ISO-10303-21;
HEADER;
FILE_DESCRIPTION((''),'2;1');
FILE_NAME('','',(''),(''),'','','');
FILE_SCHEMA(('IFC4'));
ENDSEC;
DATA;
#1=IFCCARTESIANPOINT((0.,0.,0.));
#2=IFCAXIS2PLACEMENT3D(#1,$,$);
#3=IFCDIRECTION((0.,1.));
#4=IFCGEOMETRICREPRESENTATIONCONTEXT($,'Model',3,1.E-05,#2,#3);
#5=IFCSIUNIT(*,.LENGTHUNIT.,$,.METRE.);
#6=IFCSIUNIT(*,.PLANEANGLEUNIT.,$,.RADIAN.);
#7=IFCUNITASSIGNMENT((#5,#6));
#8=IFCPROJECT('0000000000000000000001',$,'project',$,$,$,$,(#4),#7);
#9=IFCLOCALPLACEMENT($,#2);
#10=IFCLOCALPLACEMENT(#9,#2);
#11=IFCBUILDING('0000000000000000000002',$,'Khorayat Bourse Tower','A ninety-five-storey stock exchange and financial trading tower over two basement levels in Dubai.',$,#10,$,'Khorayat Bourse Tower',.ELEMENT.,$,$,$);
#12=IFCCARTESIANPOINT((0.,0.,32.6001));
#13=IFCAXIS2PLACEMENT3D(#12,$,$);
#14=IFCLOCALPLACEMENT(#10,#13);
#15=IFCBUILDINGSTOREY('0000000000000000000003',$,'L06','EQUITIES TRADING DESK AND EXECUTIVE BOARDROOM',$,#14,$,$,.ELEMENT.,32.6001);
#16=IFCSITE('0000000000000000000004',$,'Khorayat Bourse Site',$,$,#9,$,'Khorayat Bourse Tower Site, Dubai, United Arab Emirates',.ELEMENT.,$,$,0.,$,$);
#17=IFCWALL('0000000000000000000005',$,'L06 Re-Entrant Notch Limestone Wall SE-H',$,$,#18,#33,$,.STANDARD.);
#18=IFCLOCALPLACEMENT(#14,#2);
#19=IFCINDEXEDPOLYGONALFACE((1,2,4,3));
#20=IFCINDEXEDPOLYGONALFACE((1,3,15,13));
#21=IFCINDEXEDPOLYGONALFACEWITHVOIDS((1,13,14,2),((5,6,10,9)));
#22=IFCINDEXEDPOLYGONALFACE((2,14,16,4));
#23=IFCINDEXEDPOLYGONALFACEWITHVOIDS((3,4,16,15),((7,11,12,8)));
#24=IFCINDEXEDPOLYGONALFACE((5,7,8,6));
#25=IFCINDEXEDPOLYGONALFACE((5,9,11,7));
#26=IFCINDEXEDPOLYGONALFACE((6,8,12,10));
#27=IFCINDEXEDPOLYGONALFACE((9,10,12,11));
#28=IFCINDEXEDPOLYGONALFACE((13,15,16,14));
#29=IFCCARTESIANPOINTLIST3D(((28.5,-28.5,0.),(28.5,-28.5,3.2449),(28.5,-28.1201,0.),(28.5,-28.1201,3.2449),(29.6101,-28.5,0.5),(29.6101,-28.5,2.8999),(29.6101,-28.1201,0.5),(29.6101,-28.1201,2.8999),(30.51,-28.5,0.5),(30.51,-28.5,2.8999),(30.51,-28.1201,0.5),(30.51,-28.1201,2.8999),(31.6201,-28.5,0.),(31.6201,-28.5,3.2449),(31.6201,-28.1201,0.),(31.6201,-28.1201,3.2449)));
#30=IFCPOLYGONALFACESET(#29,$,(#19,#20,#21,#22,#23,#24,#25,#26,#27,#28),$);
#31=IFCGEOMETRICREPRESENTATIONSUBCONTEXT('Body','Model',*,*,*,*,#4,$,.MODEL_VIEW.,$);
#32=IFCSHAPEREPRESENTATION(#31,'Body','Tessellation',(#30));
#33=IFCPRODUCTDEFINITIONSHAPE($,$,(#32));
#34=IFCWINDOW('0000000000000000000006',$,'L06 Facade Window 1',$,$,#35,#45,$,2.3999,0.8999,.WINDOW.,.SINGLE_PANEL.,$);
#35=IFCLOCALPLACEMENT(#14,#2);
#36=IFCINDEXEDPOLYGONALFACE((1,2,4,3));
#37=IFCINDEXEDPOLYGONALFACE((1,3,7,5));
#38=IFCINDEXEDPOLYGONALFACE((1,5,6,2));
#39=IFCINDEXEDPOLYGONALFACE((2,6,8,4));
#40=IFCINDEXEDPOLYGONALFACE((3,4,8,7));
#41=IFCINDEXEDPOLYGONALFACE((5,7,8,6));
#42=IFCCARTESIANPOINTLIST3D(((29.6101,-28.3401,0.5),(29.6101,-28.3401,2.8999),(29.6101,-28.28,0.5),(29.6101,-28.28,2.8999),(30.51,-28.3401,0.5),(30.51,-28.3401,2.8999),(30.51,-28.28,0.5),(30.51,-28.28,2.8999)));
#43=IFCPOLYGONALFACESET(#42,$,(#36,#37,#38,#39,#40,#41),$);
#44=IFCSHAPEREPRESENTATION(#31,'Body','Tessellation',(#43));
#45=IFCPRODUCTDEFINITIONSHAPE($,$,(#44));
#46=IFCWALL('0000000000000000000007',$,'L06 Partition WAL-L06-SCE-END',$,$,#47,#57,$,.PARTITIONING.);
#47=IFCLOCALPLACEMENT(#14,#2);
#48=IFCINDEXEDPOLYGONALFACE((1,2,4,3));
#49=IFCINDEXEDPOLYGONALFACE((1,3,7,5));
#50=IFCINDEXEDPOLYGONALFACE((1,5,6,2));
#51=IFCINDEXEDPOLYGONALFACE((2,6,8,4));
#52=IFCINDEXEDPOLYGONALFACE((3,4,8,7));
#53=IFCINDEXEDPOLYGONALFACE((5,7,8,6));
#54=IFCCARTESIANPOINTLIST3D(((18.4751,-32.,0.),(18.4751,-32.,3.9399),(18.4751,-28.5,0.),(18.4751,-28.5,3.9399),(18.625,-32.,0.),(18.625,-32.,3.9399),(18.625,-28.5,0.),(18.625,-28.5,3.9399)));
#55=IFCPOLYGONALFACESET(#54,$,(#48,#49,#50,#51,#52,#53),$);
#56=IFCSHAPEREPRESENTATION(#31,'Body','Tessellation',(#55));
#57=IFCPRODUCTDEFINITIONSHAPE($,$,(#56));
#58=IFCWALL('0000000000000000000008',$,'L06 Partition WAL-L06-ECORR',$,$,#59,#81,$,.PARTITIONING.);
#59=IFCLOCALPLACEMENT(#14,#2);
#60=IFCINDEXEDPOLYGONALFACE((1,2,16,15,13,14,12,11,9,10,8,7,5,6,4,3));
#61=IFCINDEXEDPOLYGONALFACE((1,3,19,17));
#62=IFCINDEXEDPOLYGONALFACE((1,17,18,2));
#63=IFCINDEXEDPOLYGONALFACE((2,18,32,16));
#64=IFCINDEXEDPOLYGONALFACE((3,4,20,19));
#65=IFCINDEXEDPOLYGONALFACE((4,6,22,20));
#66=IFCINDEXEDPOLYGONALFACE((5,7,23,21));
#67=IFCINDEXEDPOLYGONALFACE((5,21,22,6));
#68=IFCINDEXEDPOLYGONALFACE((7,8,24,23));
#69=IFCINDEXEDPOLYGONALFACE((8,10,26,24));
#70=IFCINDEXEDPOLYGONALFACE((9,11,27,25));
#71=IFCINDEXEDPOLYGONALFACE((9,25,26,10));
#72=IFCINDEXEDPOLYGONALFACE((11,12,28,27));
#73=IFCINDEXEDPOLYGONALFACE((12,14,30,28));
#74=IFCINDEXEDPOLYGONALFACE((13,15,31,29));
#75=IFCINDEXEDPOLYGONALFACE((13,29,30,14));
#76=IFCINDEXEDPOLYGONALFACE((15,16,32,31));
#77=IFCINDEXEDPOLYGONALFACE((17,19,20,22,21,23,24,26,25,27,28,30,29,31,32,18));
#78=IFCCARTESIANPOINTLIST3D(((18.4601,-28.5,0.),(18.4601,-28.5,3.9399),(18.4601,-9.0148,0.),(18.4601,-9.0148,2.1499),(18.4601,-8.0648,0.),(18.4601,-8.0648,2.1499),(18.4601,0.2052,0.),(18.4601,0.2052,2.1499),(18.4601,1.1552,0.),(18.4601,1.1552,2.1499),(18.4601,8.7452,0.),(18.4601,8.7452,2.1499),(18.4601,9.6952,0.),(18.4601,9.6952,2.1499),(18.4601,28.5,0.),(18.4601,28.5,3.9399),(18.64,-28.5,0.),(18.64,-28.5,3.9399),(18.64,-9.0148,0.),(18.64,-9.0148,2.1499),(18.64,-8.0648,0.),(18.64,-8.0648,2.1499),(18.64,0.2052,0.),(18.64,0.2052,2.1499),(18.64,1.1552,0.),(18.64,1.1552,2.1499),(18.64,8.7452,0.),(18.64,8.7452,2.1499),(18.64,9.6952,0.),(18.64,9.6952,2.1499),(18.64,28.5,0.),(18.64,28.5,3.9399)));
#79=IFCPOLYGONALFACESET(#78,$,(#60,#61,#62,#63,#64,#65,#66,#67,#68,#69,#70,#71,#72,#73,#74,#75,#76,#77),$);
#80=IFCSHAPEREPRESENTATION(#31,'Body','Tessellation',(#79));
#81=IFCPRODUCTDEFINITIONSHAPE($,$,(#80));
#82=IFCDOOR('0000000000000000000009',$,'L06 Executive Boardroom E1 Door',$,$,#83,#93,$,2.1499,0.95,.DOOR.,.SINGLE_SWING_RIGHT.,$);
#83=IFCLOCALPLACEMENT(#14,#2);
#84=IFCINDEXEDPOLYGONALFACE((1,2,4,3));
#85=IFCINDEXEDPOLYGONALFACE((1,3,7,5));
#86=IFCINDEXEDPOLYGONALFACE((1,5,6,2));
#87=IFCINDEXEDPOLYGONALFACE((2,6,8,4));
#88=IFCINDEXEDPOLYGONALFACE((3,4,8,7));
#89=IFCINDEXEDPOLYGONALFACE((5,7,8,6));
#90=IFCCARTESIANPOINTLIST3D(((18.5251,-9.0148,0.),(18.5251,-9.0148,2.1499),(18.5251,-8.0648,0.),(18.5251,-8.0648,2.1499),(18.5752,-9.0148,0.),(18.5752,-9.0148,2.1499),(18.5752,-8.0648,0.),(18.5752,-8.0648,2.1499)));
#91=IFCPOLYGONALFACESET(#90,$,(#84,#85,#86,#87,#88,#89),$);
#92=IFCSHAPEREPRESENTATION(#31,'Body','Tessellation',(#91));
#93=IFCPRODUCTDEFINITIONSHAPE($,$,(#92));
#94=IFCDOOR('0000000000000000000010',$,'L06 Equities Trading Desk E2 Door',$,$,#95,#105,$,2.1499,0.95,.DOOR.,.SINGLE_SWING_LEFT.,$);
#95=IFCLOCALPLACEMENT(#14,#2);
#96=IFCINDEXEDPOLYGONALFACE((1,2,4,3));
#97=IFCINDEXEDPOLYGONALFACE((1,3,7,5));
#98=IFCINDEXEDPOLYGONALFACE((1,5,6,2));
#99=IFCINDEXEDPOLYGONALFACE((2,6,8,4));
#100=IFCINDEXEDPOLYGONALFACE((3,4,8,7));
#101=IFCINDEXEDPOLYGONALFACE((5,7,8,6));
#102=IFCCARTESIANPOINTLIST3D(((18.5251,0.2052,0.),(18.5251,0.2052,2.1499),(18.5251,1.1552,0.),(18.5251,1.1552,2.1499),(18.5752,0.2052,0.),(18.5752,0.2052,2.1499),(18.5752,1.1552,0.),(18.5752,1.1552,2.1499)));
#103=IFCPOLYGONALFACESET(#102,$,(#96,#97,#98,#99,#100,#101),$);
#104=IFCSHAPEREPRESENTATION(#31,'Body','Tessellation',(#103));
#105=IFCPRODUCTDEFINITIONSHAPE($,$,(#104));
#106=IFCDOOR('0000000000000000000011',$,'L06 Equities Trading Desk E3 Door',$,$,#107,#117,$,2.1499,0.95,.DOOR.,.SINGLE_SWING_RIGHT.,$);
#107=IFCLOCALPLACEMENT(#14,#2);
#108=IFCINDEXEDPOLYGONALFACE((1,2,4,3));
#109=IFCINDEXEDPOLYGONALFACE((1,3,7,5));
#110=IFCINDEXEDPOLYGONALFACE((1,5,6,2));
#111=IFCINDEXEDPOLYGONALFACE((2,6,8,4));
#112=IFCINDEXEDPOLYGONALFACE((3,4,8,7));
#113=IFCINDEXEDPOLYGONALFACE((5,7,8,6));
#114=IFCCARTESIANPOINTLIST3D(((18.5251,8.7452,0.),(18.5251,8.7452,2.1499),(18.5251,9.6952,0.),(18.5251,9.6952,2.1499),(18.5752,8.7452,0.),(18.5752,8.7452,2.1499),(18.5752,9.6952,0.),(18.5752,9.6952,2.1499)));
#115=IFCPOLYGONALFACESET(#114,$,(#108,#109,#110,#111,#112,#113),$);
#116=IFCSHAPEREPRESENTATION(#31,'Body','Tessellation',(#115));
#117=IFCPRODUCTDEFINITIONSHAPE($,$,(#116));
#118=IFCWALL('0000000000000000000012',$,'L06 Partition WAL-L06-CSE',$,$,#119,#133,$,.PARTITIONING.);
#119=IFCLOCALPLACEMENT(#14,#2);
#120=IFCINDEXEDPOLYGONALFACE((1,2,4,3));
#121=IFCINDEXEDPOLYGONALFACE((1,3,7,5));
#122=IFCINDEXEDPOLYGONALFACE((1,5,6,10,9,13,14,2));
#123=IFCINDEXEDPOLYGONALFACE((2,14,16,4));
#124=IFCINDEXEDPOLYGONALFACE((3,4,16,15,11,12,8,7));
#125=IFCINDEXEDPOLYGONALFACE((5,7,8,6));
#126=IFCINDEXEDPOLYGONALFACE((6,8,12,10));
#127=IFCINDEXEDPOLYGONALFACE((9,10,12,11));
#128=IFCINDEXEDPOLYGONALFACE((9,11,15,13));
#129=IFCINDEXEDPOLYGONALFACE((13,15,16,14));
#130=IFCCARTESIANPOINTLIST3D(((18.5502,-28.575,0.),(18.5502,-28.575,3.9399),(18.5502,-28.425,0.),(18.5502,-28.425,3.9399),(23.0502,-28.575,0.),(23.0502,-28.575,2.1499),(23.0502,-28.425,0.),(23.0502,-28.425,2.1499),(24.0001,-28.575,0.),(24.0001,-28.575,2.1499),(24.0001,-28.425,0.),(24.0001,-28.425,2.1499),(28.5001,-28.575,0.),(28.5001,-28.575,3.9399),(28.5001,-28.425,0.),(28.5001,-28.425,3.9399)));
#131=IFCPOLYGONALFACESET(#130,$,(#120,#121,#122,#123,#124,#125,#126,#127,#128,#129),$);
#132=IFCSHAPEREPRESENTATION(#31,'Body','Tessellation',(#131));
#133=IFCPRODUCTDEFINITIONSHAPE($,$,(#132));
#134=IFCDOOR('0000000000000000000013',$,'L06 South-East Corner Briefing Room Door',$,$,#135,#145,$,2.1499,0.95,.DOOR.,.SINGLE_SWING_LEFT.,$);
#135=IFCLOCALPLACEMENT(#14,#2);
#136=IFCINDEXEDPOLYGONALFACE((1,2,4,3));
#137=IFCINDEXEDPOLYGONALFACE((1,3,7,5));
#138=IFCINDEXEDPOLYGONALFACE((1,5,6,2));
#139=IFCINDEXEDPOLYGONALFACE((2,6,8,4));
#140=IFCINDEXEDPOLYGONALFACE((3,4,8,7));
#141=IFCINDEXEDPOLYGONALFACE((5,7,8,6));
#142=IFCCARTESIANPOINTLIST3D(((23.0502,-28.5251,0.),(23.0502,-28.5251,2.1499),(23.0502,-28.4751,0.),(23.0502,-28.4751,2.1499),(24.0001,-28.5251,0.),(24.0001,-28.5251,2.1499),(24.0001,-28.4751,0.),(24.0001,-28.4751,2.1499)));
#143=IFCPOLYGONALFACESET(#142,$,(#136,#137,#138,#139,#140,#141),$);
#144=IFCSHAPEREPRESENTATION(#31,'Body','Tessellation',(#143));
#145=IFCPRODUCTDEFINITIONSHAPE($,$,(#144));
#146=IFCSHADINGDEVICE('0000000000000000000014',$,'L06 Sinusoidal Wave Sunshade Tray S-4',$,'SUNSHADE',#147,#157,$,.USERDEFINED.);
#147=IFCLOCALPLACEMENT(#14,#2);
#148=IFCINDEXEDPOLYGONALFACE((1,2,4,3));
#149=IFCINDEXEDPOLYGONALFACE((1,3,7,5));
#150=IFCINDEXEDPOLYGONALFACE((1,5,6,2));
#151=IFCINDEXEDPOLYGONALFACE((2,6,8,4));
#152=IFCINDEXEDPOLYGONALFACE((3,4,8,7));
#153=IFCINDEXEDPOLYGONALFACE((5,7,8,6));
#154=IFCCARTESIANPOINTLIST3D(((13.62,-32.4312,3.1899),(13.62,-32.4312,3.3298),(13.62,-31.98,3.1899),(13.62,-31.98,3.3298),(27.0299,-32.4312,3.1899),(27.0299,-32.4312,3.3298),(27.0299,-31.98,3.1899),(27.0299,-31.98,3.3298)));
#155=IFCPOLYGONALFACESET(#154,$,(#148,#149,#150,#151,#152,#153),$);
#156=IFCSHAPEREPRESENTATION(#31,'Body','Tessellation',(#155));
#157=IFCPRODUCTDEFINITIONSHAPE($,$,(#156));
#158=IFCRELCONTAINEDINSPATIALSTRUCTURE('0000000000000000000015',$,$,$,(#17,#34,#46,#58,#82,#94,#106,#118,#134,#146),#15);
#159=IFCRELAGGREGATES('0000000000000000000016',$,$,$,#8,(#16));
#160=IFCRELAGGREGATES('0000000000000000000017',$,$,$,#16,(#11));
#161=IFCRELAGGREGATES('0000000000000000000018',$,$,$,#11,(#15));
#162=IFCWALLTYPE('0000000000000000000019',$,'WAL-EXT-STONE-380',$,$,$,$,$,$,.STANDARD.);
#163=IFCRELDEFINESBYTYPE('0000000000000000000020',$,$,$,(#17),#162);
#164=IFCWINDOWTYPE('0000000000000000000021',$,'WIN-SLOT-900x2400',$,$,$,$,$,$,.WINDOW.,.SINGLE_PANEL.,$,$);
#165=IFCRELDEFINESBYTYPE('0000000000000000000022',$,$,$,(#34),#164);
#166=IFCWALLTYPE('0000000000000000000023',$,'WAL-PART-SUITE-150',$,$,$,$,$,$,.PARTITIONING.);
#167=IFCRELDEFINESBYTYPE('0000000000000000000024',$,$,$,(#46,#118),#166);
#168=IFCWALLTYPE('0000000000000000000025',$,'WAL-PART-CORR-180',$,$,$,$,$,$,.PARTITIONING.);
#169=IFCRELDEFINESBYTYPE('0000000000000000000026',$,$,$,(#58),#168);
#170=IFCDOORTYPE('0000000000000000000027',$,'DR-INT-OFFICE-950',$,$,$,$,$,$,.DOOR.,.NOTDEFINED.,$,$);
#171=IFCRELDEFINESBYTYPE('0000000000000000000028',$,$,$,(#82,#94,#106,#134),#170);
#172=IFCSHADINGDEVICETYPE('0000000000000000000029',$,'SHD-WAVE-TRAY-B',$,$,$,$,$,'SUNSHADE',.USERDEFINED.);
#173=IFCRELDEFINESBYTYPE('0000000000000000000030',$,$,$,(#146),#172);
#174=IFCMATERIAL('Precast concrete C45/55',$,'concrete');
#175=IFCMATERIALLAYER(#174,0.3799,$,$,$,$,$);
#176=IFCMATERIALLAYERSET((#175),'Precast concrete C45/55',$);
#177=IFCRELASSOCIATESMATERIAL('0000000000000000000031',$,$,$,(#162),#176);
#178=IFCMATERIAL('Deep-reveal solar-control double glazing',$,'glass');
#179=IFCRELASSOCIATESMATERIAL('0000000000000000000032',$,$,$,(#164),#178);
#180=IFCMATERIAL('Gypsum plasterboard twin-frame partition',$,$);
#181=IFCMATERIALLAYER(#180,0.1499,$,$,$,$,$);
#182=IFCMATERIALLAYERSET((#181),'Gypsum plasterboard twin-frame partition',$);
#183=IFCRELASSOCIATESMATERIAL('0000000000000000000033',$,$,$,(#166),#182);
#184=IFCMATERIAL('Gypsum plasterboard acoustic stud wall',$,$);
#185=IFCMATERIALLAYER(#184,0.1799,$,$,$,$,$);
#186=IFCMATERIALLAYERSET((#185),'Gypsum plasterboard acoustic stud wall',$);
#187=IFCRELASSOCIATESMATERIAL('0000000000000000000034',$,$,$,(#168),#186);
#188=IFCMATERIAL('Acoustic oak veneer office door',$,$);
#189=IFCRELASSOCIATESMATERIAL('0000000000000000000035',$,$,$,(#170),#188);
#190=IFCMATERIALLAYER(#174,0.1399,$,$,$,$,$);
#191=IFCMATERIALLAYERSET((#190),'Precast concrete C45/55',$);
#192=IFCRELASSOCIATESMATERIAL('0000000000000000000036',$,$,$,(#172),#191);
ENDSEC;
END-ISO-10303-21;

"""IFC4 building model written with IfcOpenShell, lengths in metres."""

from ifc_helpers import new_model, si_unit, direction, frame, frame_2d, origin, origin_2d, place, context, subcontext, project, spatial, rectangle, extrude, source, transform, mapped, material, layer, layer_set, type_object, element, fill, save


model = new_model("IFC4")

# Units and contexts
model_context = context("Model", 3, precision=1e-05, world=origin(), true_north=direction((0.0, 1.0)))
body_context = subcontext(model_context, "Body", "Model", "MODEL_VIEW")
ifc_project = project(units=[si_unit("LENGTHUNIT", "METRE"), si_unit("PLANEANGLEUNIT", "RADIAN")], contexts=[model_context])

# Site, building, storey
site_placement = place(None, origin())
site = spatial("IfcSite", under=ifc_project, at=site_placement, Name="Khorayat Bourse Site", LongName="Khorayat Bourse Tower Site, Dubai, United Arab Emirates", CompositionType="ELEMENT", RefElevation=0.0)
building_placement = place(site_placement, origin())
building = spatial("IfcBuilding", under=site, at=building_placement, Name="Khorayat Bourse Tower", Description="A ninety-five-storey stock exchange and financial trading tower over two basement levels in Dubai.", LongName="Khorayat Bourse Tower", CompositionType="ELEMENT")
storey_placement = place(building_placement, frame((0.0, 0.0, 32.6001)))
storey = spatial("IfcBuildingStorey", under=building, at=storey_placement, Name="L06", Description="EQUITIES TRADING DESK AND EXECUTIVE BOARDROOM", CompositionType="ELEMENT", Elevation=32.6001)

# Wall, opening, window
ifc_material_1 = material(Name="Precast concrete C45/55", Category="concrete")
ifc_layer_1 = layer(ifc_material_1, 0.3799)
ifc_layer_set_1 = layer_set([ifc_layer_1], Name="Precast concrete C45/55")
wall_type_1 = type_object("IfcWallType", Name="WAL-EXT-STONE-380", PredefinedType="STANDARD", material=ifc_layer_set_1)
shared_shape_1 = source(origin(), body_context, "Body", "SweptSolid", [
    extrude(rectangle(XDim=3.1201, YDim=0.3799, at=frame_2d((1.5601, 0.0))), origin(), (0.0, 0.0, 1.0), 3.2449),
])
shared_shape_2 = source(origin(), body_context, "Body", "SweptSolid", [
    extrude(rectangle(XDim=0.8999, YDim=2.3999, at=frame_2d((0.45, 1.2))), frame((0.0, 0.2, 0.0), z_axis=(0.0, -1.0, 0.0), x_axis=(1.0, 0.0, 0.0)), (0.0, 0.0, 1.0), 0.3999),
])
ifc_material_2 = material(Name="Deep-reveal solar-control double glazing", Category="glass")
window_type = type_object("IfcWindowType", Name="WIN-SLOT-900x2400", PartitioningType="SINGLE_PANEL", PredefinedType="WINDOW", material=ifc_material_2)
shared_shape_3 = source(origin(), body_context, "Body", "SweptSolid", [
    extrude(rectangle(XDim=0.8999, YDim=2.3999, at=frame_2d((0.45, 1.2))), frame((0.0, 0.03, 0.0), z_axis=(0.0, -1.0, 0.0), x_axis=(1.0, 0.0, 0.0)), (0.0, 0.0, 1.0), 0.0601),
])
wall_1_placement = place(storey_placement, frame((28.5, -28.3101, 0.0), z_axis=(0.0, 0.0, 1.0), x_axis=(1.0, 0.0, 0.0)))
wall_1 = element("IfcWall", 1, at=wall_1_placement, inside=storey, type_object=wall_type_1, Name="L06 Re-Entrant Notch Limestone Wall SE-H", PredefinedType="STANDARD", context=body_context, shape_type="MappedRepresentation", body=[
    mapped(shared_shape_1, transform((0.0, 0.0, 0.0), scale=1.0)),
])
opening_1_placement = place(wall_1_placement, frame((1.1101, 0.0, 0.5)))
opening_1 = element("IfcOpeningElement", 2, at=opening_1_placement, cuts=wall_1, PredefinedType="OPENING", context=body_context, shape_type="MappedRepresentation", body=[
    mapped(shared_shape_2, transform((0.0, 0.0, 0.0), scale=1.0)),
])
window_1_placement = place(opening_1_placement, origin())
window_1 = element("IfcWindow", 3, at=window_1_placement, inside=storey, type_object=window_type, Name="L06 Facade Window 1", OverallHeight=2.3999, OverallWidth=0.8999, PartitioningType="SINGLE_PANEL", PredefinedType="WINDOW", context=body_context, shape_type="MappedRepresentation", body=[
    mapped(shared_shape_3, transform((0.0, 0.0, 0.0), scale=1.0)),
])
fill(opening_1, window_1)

# Wall
ifc_material_3 = material(Name="Gypsum plasterboard twin-frame partition")
ifc_layer_2 = layer(ifc_material_3, 0.1499)
ifc_layer_set_2 = layer_set([ifc_layer_2], Name="Gypsum plasterboard twin-frame partition")
wall_type_2 = type_object("IfcWallType", Name="WAL-PART-SUITE-150", PredefinedType="PARTITIONING", material=ifc_layer_set_2)
shared_shape_4 = source(origin(), body_context, "Body", "SweptSolid", [
    extrude(rectangle(XDim=3.5, YDim=0.1499, at=frame_2d((1.75, 0.0))), origin(), (0.0, 0.0, 1.0), 3.9399),
])
wall_2_placement = place(storey_placement, frame((18.55, -32.0, 0.0), z_axis=(0.0, 0.0, 1.0), x_axis=(0.0, 1.0, 0.0)))
element("IfcWall", 4, at=wall_2_placement, inside=storey, type_object=wall_type_2, Name="L06 Partition WAL-L06-SCE-END", PredefinedType="PARTITIONING", context=body_context, shape_type="MappedRepresentation", body=[
    mapped(shared_shape_4, transform((0.0, 0.0, 0.0), scale=1.0)),
])

# Wall, openings, doors
ifc_material_4 = material(Name="Gypsum plasterboard acoustic stud wall")
ifc_layer_3 = layer(ifc_material_4, 0.1799)
ifc_layer_set_3 = layer_set([ifc_layer_3], Name="Gypsum plasterboard acoustic stud wall")
wall_type_3 = type_object("IfcWallType", Name="WAL-PART-CORR-180", PredefinedType="PARTITIONING", material=ifc_layer_set_3)
shared_shape_5 = source(origin(), body_context, "Body", "SweptSolid", [
    extrude(rectangle(XDim=57.0, YDim=0.1799, at=frame_2d((28.5, 0.0))), origin(), (0.0, 0.0, 1.0), 3.9399),
])
wall_3_placement = place(storey_placement, frame((18.55, -28.5, 0.0), z_axis=(0.0, 0.0, 1.0), x_axis=(0.0, 1.0, 0.0)))
wall_3 = element("IfcWall", 5, at=wall_3_placement, inside=storey, type_object=wall_type_3, Name="L06 Partition WAL-L06-ECORR", PredefinedType="PARTITIONING", context=body_context, shape_type="MappedRepresentation", body=[
    mapped(shared_shape_5, transform((0.0, 0.0, 0.0), scale=1.0)),
])
shared_shape_6 = source(origin(), body_context, "Body", "SweptSolid", [
    extrude(rectangle(XDim=0.95, YDim=2.1499, at=frame_2d((0.4751, 1.075))), frame((0.0, 0.0999, 0.0), z_axis=(0.0, -1.0, 0.0), x_axis=(1.0, 0.0, 0.0)), (0.0, 0.0, 1.0), 0.2),
])
opening_2_placement = place(wall_3_placement, frame((19.4851, 0.0, 0.0)))
opening_2 = element("IfcOpeningElement", 6, at=opening_2_placement, cuts=wall_3, PredefinedType="OPENING", context=body_context, shape_type="MappedRepresentation", body=[
    mapped(shared_shape_6, transform((0.0, 0.0, 0.0), scale=1.0)),
])
opening_3_placement = place(wall_3_placement, frame((28.7051, 0.0, 0.0)))
opening_3 = element("IfcOpeningElement", 7, at=opening_3_placement, cuts=wall_3, PredefinedType="OPENING", context=body_context, shape_type="MappedRepresentation", body=[
    mapped(shared_shape_6, transform((0.0, 0.0, 0.0), scale=1.0)),
])
opening_4_placement = place(wall_3_placement, frame((37.2451, 0.0, 0.0)))
opening_4 = element("IfcOpeningElement", 8, at=opening_4_placement, cuts=wall_3, PredefinedType="OPENING", context=body_context, shape_type="MappedRepresentation", body=[
    mapped(shared_shape_6, transform((0.0, 0.0, 0.0), scale=1.0)),
])
ifc_material_5 = material(Name="Acoustic oak veneer office door")
door_type = type_object("IfcDoorType", Name="DR-INT-OFFICE-950", OperationType="NOTDEFINED", PredefinedType="DOOR", material=ifc_material_5)
shared_shape_7 = source(origin(), body_context, "Body", "SweptSolid", [
    extrude(rectangle(XDim=0.95, YDim=2.1499, at=frame_2d((0.4751, 1.075))), frame((0.0, 0.0249, 0.0), z_axis=(0.0, -1.0, 0.0), x_axis=(1.0, 0.0, 0.0)), (0.0, 0.0, 1.0), 0.05),
])
door_1_placement = place(opening_2_placement, origin())
door_1 = element("IfcDoor", 9, at=door_1_placement, inside=storey, type_object=door_type, Name="L06 Executive Boardroom E1 Door", OperationType="SINGLE_SWING_RIGHT", OverallHeight=2.1499, OverallWidth=0.95, PredefinedType="DOOR", context=body_context, shape_type="MappedRepresentation", body=[
    mapped(shared_shape_7, transform((0.0, 0.0, 0.0), scale=1.0)),
])
fill(opening_2, door_1)
door_2_placement = place(opening_3_placement, origin())
door_2 = element("IfcDoor", 10, at=door_2_placement, inside=storey, type_object=door_type, Name="L06 Equities Trading Desk E2 Door", OperationType="SINGLE_SWING_LEFT", OverallHeight=2.1499, OverallWidth=0.95, PredefinedType="DOOR", context=body_context, shape_type="MappedRepresentation", body=[
    mapped(shared_shape_7, transform((0.0, 0.0, 0.0), scale=1.0)),
])
fill(opening_3, door_2)
door_3_placement = place(opening_4_placement, origin())
door_3 = element("IfcDoor", 11, at=door_3_placement, inside=storey, type_object=door_type, Name="L06 Equities Trading Desk E3 Door", OperationType="SINGLE_SWING_RIGHT", OverallHeight=2.1499, OverallWidth=0.95, PredefinedType="DOOR", context=body_context, shape_type="MappedRepresentation", body=[
    mapped(shared_shape_7, transform((0.0, 0.0, 0.0), scale=1.0)),
])
fill(opening_4, door_3)

# Wall, opening, door
shared_shape_8 = source(origin(), body_context, "Body", "SweptSolid", [
    extrude(rectangle(XDim=9.95, YDim=0.1499, at=frame_2d((4.9751, 0.0))), origin(), (0.0, 0.0, 1.0), 3.9399),
])
wall_4_placement = place(storey_placement, frame((18.55, -28.5, 0.0), z_axis=(0.0, 0.0, 1.0), x_axis=(1.0, 0.0, 0.0)))
wall_4 = element("IfcWall", 12, at=wall_4_placement, inside=storey, type_object=wall_type_2, Name="L06 Partition WAL-L06-CSE", PredefinedType="PARTITIONING", context=body_context, shape_type="MappedRepresentation", body=[
    mapped(shared_shape_8, transform((0.0, 0.0, 0.0), scale=1.0)),
])
shared_shape_9 = source(origin(), body_context, "Body", "SweptSolid", [
    extrude(rectangle(XDim=0.95, YDim=2.1499, at=frame_2d((0.4751, 1.075))), frame((0.0, 0.085, 0.0), z_axis=(0.0, -1.0, 0.0), x_axis=(1.0, 0.0, 0.0)), (0.0, 0.0, 1.0), 0.1699),
])
opening_5_placement = place(wall_4_placement, frame((4.5, 0.0, 0.0)))
opening_5 = element("IfcOpeningElement", 13, at=opening_5_placement, cuts=wall_4, PredefinedType="OPENING", context=body_context, shape_type="MappedRepresentation", body=[
    mapped(shared_shape_9, transform((0.0, 0.0, 0.0), scale=1.0)),
])
door_4_placement = place(opening_5_placement, origin())
door_4 = element("IfcDoor", 14, at=door_4_placement, inside=storey, type_object=door_type, Name="L06 South-East Corner Briefing Room Door", OperationType="SINGLE_SWING_LEFT", OverallHeight=2.1499, OverallWidth=0.95, PredefinedType="DOOR", context=body_context, shape_type="MappedRepresentation", body=[
    mapped(shared_shape_7, transform((0.0, 0.0, 0.0), scale=1.0)),
])
fill(opening_5, door_4)

# Shading device
ifc_layer_4 = layer(ifc_material_1, 0.1399)
ifc_layer_set_4 = layer_set([ifc_layer_4], Name="Precast concrete C45/55")
shading_device_type = type_object("IfcShadingDeviceType", Name="SHD-WAVE-TRAY-B", ElementType="SUNSHADE", PredefinedType="USERDEFINED", material=ifc_layer_set_4)
shared_shape_10 = source(origin(), body_context, "Body", "SweptSolid", [
    extrude(rectangle(XDim=13.4099, YDim=0.4512, at=origin_2d()), origin(), (0.0, 0.0, 1.0), 0.1399),
])
shading_device_placement = place(storey_placement, frame((20.325, -32.2056, 3.1899), z_axis=(0.0, 0.0, 1.0), x_axis=(1.0, 0.0, 0.0)))
element("IfcShadingDevice", 15, at=shading_device_placement, inside=storey, type_object=shading_device_type, Name="L06 Sinusoidal Wave Sunshade Tray S-4", ObjectType="SUNSHADE", PredefinedType="USERDEFINED", context=body_context, shape_type="MappedRepresentation", body=[
    mapped(shared_shape_10, transform((0.0, 0.0, 0.0), scale=1.0)),
])

save(model, "model.ifc")
